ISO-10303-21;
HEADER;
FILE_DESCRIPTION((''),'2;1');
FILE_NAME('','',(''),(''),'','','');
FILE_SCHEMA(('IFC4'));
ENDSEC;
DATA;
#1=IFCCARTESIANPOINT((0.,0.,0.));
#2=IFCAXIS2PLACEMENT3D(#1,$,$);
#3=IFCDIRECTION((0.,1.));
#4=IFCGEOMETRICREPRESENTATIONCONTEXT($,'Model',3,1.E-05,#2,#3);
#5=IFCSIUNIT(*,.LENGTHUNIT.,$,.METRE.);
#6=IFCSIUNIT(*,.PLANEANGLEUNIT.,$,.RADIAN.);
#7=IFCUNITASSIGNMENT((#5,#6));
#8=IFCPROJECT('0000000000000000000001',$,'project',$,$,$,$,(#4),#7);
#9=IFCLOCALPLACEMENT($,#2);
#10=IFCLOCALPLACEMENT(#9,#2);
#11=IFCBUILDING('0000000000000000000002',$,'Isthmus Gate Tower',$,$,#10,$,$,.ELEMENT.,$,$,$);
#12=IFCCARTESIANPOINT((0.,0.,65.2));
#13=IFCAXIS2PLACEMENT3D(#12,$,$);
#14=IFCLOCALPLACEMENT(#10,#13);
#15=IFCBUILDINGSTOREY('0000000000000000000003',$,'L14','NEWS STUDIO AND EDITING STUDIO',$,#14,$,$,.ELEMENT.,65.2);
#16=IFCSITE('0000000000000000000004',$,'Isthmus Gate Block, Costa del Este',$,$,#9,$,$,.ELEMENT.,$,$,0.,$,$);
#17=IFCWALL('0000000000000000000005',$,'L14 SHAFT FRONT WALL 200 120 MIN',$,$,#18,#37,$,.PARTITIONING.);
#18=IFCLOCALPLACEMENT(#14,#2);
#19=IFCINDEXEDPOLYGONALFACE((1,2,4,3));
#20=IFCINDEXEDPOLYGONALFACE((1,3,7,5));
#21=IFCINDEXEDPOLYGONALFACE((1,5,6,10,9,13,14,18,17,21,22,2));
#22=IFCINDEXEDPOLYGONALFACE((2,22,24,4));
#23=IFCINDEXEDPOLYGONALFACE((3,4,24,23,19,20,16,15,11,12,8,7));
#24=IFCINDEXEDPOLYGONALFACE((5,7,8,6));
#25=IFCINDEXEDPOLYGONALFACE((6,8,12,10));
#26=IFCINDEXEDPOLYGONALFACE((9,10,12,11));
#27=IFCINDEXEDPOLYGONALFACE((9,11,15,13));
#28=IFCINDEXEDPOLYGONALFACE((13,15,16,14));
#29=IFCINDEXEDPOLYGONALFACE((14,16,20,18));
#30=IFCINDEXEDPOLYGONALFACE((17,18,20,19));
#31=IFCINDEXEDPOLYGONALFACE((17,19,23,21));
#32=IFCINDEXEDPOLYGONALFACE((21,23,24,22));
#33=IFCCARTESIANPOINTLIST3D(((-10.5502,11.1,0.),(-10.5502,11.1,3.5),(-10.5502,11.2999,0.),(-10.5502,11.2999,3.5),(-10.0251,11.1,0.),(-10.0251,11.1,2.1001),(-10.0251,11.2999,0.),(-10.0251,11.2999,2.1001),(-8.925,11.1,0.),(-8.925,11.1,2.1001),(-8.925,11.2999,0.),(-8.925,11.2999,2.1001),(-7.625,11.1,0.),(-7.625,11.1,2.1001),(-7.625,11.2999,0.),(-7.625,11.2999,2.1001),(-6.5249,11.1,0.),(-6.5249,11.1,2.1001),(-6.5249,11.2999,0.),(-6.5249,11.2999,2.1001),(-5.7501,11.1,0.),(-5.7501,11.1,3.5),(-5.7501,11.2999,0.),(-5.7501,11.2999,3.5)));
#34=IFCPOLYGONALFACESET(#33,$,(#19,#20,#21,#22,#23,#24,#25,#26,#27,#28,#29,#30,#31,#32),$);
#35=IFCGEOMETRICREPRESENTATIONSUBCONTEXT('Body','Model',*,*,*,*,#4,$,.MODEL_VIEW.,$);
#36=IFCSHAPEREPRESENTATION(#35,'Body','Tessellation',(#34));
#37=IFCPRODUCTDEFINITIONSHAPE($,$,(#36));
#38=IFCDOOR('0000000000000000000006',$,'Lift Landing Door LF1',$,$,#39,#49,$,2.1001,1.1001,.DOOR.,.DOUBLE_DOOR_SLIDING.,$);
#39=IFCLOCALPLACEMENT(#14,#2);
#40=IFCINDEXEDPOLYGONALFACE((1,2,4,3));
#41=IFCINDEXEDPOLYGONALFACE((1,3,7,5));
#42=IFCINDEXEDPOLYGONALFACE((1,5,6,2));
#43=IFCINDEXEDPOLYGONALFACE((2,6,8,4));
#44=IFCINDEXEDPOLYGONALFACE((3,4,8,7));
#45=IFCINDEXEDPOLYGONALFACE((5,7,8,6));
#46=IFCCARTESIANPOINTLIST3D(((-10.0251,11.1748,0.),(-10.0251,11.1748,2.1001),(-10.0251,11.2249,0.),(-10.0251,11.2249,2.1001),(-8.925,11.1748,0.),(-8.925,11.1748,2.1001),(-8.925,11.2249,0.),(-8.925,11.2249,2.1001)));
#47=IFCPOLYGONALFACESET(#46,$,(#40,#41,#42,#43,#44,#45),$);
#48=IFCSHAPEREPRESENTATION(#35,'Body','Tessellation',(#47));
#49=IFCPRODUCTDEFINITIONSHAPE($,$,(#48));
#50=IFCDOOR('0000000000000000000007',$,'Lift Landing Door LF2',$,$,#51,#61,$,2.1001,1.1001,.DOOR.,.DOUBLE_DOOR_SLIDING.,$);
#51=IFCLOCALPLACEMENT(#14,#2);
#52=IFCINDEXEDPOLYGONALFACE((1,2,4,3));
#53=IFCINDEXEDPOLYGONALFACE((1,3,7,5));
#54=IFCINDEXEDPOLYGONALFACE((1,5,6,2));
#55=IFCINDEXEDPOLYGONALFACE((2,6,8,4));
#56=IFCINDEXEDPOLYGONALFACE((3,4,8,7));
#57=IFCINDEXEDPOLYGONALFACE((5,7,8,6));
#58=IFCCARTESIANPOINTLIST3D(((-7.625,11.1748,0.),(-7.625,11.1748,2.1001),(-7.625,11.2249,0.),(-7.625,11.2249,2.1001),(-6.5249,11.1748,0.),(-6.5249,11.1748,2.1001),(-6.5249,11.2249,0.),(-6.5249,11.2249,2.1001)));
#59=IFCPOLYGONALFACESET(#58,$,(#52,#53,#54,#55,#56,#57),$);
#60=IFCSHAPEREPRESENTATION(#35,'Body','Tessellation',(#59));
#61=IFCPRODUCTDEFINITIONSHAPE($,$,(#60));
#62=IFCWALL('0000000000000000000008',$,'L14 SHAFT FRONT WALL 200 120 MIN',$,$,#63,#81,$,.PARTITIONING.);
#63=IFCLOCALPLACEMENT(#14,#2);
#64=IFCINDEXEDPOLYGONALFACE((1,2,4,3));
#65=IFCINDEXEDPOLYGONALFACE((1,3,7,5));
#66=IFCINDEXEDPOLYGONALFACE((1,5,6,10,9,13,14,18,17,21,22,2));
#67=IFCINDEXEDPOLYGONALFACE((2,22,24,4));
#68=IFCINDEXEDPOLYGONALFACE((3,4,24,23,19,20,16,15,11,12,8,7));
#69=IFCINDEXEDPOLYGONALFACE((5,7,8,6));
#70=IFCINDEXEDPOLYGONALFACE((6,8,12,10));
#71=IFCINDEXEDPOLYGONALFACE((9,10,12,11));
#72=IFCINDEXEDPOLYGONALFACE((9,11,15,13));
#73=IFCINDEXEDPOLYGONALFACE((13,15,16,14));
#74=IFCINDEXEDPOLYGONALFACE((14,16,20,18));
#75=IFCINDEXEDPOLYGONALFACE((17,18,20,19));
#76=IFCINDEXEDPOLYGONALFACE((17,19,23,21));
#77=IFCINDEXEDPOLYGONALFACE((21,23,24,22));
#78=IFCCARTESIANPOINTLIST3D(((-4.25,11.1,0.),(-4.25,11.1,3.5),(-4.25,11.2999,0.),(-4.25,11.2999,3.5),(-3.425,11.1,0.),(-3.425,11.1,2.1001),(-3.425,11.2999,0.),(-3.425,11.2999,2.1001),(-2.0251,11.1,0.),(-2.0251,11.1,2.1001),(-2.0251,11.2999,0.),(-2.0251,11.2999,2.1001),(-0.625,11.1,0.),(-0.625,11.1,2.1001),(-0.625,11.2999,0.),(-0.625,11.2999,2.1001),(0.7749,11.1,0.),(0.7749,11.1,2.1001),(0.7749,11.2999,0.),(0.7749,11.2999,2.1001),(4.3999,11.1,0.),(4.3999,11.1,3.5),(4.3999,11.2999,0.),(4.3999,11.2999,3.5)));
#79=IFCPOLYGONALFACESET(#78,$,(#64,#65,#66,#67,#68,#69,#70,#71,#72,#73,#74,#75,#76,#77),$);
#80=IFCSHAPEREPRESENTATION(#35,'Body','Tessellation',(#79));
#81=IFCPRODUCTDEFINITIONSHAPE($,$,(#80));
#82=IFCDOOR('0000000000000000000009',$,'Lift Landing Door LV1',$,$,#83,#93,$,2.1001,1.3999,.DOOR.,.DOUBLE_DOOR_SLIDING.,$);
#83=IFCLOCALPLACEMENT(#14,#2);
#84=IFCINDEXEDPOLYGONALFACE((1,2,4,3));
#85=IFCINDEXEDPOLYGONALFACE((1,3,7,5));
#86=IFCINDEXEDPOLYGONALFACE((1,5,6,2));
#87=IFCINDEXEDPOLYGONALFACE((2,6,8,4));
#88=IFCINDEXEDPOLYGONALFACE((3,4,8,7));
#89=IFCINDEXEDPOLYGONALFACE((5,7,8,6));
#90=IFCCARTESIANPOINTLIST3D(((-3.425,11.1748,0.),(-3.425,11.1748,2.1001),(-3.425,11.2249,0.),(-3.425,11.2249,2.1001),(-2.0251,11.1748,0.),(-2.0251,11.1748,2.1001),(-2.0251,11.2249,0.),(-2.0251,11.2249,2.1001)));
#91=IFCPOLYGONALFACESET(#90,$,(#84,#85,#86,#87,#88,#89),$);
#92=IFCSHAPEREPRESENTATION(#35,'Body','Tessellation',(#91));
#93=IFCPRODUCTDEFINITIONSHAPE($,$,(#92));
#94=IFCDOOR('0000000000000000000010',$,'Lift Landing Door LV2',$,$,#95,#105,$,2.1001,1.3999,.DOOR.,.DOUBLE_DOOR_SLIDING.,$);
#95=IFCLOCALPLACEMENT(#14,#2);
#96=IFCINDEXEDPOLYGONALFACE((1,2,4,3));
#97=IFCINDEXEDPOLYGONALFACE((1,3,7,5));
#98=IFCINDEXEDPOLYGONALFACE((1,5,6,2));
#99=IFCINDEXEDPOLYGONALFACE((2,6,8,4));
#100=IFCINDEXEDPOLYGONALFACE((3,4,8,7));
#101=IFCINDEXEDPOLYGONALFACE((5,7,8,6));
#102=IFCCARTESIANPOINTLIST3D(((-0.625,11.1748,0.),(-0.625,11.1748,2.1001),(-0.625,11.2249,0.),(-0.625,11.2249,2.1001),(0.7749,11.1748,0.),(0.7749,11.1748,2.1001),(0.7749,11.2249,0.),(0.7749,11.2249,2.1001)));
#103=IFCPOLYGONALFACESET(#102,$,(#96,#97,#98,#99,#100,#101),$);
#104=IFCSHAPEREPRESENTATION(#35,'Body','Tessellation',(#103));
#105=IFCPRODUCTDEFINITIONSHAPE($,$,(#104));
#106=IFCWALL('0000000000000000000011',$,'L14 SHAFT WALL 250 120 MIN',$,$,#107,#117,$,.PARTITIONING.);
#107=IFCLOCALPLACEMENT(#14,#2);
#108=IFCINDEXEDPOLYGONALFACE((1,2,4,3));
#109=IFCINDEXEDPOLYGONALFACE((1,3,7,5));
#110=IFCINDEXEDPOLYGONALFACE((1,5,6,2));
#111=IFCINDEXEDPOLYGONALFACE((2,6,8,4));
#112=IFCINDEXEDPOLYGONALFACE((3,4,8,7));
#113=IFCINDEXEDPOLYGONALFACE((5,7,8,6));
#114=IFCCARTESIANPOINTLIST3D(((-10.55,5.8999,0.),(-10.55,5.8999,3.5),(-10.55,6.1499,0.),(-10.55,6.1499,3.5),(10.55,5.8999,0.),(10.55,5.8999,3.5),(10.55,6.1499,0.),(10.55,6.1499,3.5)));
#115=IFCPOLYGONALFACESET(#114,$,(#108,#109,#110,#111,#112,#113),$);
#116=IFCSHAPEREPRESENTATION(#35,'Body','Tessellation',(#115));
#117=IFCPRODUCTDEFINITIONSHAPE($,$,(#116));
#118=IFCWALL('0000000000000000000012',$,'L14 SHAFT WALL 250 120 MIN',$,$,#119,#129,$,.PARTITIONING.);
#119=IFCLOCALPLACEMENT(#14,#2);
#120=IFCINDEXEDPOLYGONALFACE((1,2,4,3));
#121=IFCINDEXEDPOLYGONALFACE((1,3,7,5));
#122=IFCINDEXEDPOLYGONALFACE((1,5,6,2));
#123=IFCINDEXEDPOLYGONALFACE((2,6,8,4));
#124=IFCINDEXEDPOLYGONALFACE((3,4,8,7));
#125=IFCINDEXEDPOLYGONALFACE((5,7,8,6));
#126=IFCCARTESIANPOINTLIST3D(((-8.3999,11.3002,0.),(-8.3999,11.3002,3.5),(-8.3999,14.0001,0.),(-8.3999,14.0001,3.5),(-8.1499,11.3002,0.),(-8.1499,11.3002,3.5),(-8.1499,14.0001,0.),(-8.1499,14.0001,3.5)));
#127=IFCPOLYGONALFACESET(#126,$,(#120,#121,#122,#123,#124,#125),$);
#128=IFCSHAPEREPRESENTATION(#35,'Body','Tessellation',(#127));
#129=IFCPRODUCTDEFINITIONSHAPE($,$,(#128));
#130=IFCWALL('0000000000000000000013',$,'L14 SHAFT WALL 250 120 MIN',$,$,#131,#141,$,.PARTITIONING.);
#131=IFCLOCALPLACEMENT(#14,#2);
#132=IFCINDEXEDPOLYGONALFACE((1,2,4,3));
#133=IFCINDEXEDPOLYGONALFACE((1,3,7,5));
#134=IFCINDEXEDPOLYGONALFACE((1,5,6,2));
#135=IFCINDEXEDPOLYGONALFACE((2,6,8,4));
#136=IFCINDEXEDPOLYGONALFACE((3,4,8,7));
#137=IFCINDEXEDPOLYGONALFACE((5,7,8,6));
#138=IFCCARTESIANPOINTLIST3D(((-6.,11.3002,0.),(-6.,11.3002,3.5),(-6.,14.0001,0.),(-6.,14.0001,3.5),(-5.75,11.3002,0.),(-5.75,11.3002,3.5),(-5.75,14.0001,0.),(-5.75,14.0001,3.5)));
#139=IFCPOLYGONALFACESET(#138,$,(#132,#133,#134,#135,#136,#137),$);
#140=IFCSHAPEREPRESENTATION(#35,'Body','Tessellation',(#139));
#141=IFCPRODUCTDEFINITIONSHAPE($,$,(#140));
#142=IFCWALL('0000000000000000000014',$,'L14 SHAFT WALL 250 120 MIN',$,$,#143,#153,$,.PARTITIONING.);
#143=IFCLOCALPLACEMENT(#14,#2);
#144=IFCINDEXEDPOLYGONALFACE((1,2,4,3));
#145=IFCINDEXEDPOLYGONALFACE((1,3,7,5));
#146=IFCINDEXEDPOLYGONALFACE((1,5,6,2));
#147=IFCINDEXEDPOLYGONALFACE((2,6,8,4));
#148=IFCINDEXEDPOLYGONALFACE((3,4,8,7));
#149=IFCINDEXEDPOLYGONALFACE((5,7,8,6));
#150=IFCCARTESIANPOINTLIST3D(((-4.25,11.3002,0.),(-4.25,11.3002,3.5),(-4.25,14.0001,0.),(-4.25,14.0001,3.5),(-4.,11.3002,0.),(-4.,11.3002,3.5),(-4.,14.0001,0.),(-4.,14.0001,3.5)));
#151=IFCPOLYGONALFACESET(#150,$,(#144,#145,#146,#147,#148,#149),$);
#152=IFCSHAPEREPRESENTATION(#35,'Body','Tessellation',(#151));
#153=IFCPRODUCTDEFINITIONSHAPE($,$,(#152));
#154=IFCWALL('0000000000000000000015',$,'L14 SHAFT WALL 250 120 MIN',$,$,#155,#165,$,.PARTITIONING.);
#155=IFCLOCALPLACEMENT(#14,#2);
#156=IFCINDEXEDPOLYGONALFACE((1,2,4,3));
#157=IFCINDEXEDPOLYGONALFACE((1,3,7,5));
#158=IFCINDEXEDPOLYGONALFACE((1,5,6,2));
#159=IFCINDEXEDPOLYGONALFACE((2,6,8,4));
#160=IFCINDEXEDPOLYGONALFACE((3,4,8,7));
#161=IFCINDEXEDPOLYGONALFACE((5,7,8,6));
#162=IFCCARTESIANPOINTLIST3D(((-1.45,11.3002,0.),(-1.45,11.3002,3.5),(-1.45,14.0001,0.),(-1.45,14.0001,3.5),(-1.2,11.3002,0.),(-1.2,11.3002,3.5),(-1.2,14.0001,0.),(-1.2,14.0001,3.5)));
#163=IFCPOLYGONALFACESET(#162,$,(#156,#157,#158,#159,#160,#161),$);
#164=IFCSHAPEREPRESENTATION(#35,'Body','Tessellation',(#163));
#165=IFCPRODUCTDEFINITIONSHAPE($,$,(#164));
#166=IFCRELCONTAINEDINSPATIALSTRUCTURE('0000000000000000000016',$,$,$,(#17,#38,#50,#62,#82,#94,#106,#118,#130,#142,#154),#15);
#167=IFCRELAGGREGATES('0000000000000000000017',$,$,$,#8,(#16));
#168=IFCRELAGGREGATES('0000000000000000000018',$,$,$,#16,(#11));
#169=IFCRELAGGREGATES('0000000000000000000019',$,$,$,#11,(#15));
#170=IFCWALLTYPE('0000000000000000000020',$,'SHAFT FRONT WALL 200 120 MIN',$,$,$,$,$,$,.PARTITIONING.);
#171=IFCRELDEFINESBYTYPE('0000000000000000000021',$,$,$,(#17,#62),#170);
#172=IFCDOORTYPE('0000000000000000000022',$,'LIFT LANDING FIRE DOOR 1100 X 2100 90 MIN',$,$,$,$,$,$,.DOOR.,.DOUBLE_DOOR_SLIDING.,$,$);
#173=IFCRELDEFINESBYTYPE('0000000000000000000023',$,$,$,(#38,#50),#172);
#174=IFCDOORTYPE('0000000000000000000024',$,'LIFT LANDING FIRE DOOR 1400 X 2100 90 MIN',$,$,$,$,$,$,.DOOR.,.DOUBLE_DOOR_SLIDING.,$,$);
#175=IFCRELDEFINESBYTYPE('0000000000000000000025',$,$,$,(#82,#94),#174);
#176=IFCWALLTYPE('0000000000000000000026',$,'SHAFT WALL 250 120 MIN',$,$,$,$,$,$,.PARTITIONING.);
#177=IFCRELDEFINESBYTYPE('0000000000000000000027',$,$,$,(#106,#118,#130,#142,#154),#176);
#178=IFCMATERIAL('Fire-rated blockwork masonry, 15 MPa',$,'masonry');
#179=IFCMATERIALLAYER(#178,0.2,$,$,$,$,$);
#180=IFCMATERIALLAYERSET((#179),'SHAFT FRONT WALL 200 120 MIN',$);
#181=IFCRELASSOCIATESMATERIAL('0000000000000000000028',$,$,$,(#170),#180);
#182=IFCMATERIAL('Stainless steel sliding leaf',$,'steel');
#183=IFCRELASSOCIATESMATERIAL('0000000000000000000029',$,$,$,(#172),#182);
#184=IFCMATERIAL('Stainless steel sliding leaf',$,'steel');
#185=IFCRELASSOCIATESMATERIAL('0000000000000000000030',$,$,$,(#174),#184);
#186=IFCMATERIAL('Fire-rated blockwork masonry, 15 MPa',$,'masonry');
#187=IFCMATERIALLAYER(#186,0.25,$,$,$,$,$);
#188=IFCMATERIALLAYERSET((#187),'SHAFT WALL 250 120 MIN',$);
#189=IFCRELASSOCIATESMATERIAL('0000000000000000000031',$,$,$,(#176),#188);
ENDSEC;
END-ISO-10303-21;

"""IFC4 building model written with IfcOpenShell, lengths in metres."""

from ifc_helpers import new_model, si_unit, direction, frame, frame_2d, origin, place, context, subcontext, project, spatial, rectangle, extrude, material, layer, layer_set, type_object, element, fill, save


model = new_model("IFC4")

# Units and contexts
model_context = context("Model", 3, precision=1e-05, world=origin(), true_north=direction((0.0, 1.0)))
body_context = subcontext(model_context, "Body", "Model", "MODEL_VIEW")
ifc_project = project(units=[si_unit("LENGTHUNIT", "METRE"), si_unit("PLANEANGLEUNIT", "RADIAN")], contexts=[model_context])

# Site, building, storey
site_placement = place(None, origin())
site = spatial("IfcSite", under=ifc_project, at=site_placement, Name="Isthmus Gate Block, Costa del Este", CompositionType="ELEMENT", RefElevation=0.0)
building_placement = place(site_placement, origin())
building = spatial("IfcBuilding", under=site, at=building_placement, Name="Isthmus Gate Tower", CompositionType="ELEMENT")
storey_placement = place(building_placement, frame((0.0, 0.0, 65.2)))
storey = spatial("IfcBuildingStorey", under=building, at=storey_placement, Name="L14", Description="NEWS STUDIO AND EDITING STUDIO", CompositionType="ELEMENT", Elevation=65.2)

# Walls, openings, doors
ifc_material_1 = material(Name="Fire-rated blockwork masonry, 15 MPa", Category="masonry")
ifc_layer_1 = layer(ifc_material_1, 0.2)
ifc_layer_set_1 = layer_set([ifc_layer_1], Name="SHAFT FRONT WALL 200 120 MIN")
wall_type_1 = type_object("IfcWallType", Name="SHAFT FRONT WALL 200 120 MIN", PredefinedType="PARTITIONING", material=ifc_layer_set_1)
wall_1_placement = place(storey_placement, frame((-10.55, 11.2, 0.0), z_axis=(0.0, 0.0, 1.0), x_axis=(1.0, 0.0, 0.0)))
wall_1 = element("IfcWall", 1, at=wall_1_placement, inside=storey, type_object=wall_type_1, Name="L14 SHAFT FRONT WALL 200 120 MIN", PredefinedType="PARTITIONING", context=body_context, shape_type="SweptSolid", body=[
    extrude(rectangle(XDim=4.8, YDim=0.2, at=frame_2d((2.3999, 0.0))), origin(), (0.0, 0.0, 1.0), 3.5),
])
opening_1_placement = place(wall_1_placement, frame((0.5249, 0.0, 0.0)))
opening_1 = element("IfcOpeningElement", 2, at=opening_1_placement, cuts=wall_1, PredefinedType="OPENING", context=body_context, shape_type="SweptSolid", body=[
    extrude(rectangle(XDim=1.1001, YDim=2.1001, at=frame_2d((0.55, 1.05))), frame((0.0, 0.1099, 0.0), z_axis=(0.0, -1.0, 0.0), x_axis=(1.0, 0.0, 0.0)), (0.0, 0.0, 1.0), 0.22),
])
opening_2_placement = place(wall_1_placement, frame((2.925, 0.0, 0.0)))
opening_2 = element("IfcOpeningElement", 3, at=opening_2_placement, cuts=wall_1, PredefinedType="OPENING", context=body_context, shape_type="SweptSolid", body=[
    extrude(rectangle(XDim=1.1001, YDim=2.1001, at=frame_2d((0.55, 1.05))), frame((0.0, 0.1099, 0.0), z_axis=(0.0, -1.0, 0.0), x_axis=(1.0, 0.0, 0.0)), (0.0, 0.0, 1.0), 0.22),
])
ifc_material_2 = material(Name="Stainless steel sliding leaf", Category="steel")
door_type_1 = type_object("IfcDoorType", Name="LIFT LANDING FIRE DOOR 1100 X 2100 90 MIN", OperationType="DOUBLE_DOOR_SLIDING", PredefinedType="DOOR", material=ifc_material_2)
door_1_placement = place(opening_1_placement, origin())
door_1 = element("IfcDoor", 4, at=door_1_placement, inside=storey, type_object=door_type_1, Name="Lift Landing Door LF1", OperationType="DOUBLE_DOOR_SLIDING", OverallHeight=2.1001, OverallWidth=1.1001, PredefinedType="DOOR", context=body_context, shape_type="SweptSolid", body=[
    extrude(rectangle(XDim=1.1001, YDim=2.1001, at=frame_2d((0.55, 1.05))), frame((0.0, 0.0249, 0.0), z_axis=(0.0, -1.0, 0.0), x_axis=(1.0, 0.0, 0.0)), (0.0, 0.0, 1.0), 0.05),
])
fill(opening_1, door_1)
door_2_placement = place(opening_2_placement, origin())
door_2 = element("IfcDoor", 5, at=door_2_placement, inside=storey, type_object=door_type_1, Name="Lift Landing Door LF2", OperationType="DOUBLE_DOOR_SLIDING", OverallHeight=2.1001, OverallWidth=1.1001, PredefinedType="DOOR", context=body_context, shape_type="SweptSolid", body=[
    extrude(rectangle(XDim=1.1001, YDim=2.1001, at=frame_2d((0.55, 1.05))), frame((0.0, 0.0249, 0.0), z_axis=(0.0, -1.0, 0.0), x_axis=(1.0, 0.0, 0.0)), (0.0, 0.0, 1.0), 0.05),
])
fill(opening_2, door_2)
wall_2_placement = place(storey_placement, frame((-4.25, 11.2, 0.0), z_axis=(0.0, 0.0, 1.0), x_axis=(1.0, 0.0, 0.0)))
wall_2 = element("IfcWall", 6, at=wall_2_placement, inside=storey, type_object=wall_type_1, Name="L14 SHAFT FRONT WALL 200 120 MIN", PredefinedType="PARTITIONING", context=body_context, shape_type="SweptSolid", body=[
    extrude(rectangle(XDim=8.6499, YDim=0.2, at=frame_2d((4.325, 0.0))), origin(), (0.0, 0.0, 1.0), 3.5),
])
opening_3_placement = place(wall_2_placement, frame((0.825, 0.0, 0.0)))
opening_3 = element("IfcOpeningElement", 7, at=opening_3_placement, cuts=wall_2, PredefinedType="OPENING", context=body_context, shape_type="SweptSolid", body=[
    extrude(rectangle(XDim=1.3999, YDim=2.1001, at=frame_2d((0.7, 1.05))), frame((0.0, 0.1099, 0.0), z_axis=(0.0, -1.0, 0.0), x_axis=(1.0, 0.0, 0.0)), (0.0, 0.0, 1.0), 0.22),
])
opening_4_placement = place(wall_2_placement, frame((3.625, 0.0, 0.0)))
opening_4 = element("IfcOpeningElement", 8, at=opening_4_placement, cuts=wall_2, PredefinedType="OPENING", context=body_context, shape_type="SweptSolid", body=[
    extrude(rectangle(XDim=1.3999, YDim=2.1001, at=frame_2d((0.7, 1.05))), frame((0.0, 0.1099, 0.0), z_axis=(0.0, -1.0, 0.0), x_axis=(1.0, 0.0, 0.0)), (0.0, 0.0, 1.0), 0.22),
])
ifc_material_3 = material(Name="Stainless steel sliding leaf", Category="steel")
door_type_2 = type_object("IfcDoorType", Name="LIFT LANDING FIRE DOOR 1400 X 2100 90 MIN", OperationType="DOUBLE_DOOR_SLIDING", PredefinedType="DOOR", material=ifc_material_3)
door_3_placement = place(opening_3_placement, origin())
door_3 = element("IfcDoor", 9, at=door_3_placement, inside=storey, type_object=door_type_2, Name="Lift Landing Door LV1", OperationType="DOUBLE_DOOR_SLIDING", OverallHeight=2.1001, OverallWidth=1.3999, PredefinedType="DOOR", context=body_context, shape_type="SweptSolid", body=[
    extrude(rectangle(XDim=1.3999, YDim=2.1001, at=frame_2d((0.7, 1.05))), frame((0.0, 0.0249, 0.0), z_axis=(0.0, -1.0, 0.0), x_axis=(1.0, 0.0, 0.0)), (0.0, 0.0, 1.0), 0.05),
])
fill(opening_3, door_3)
door_4_placement = place(opening_4_placement, origin())
door_4 = element("IfcDoor", 10, at=door_4_placement, inside=storey, type_object=door_type_2, Name="Lift Landing Door LV2", OperationType="DOUBLE_DOOR_SLIDING", OverallHeight=2.1001, OverallWidth=1.3999, PredefinedType="DOOR", context=body_context, shape_type="SweptSolid", body=[
    extrude(rectangle(XDim=1.3999, YDim=2.1001, at=frame_2d((0.7, 1.05))), frame((0.0, 0.0249, 0.0), z_axis=(0.0, -1.0, 0.0), x_axis=(1.0, 0.0, 0.0)), (0.0, 0.0, 1.0), 0.05),
])
fill(opening_4, door_4)

# Walls
ifc_material_4 = material(Name="Fire-rated blockwork masonry, 15 MPa", Category="masonry")
ifc_layer_2 = layer(ifc_material_4, 0.25)
ifc_layer_set_2 = layer_set([ifc_layer_2], Name="SHAFT WALL 250 120 MIN")
wall_type_2 = type_object("IfcWallType", Name="SHAFT WALL 250 120 MIN", PredefinedType="PARTITIONING", material=ifc_layer_set_2)
wall_3_placement = place(storey_placement, frame((-10.55, 6.0249, 0.0), z_axis=(0.0, 0.0, 1.0), x_axis=(1.0, 0.0, 0.0)))
element("IfcWall", 11, at=wall_3_placement, inside=storey, type_object=wall_type_2, Name="L14 SHAFT WALL 250 120 MIN", PredefinedType="PARTITIONING", context=body_context, shape_type="SweptSolid", body=[
    extrude(rectangle(XDim=21.1001, YDim=0.25, at=frame_2d((10.55, 0.0))), origin(), (0.0, 0.0, 1.0), 3.5),
])
for number, where, z_axis, x_axis, name in (
    (12, (-8.2749, 11.3, 0.0), (0.0, 0.0, 1.0), (0.0, 1.0, 0.0), "L14 SHAFT WALL 250 120 MIN"),
    (13, (-5.875, 11.3, 0.0), (0.0, 0.0, 1.0), (0.0, 1.0, 0.0), "L14 SHAFT WALL 250 120 MIN"),
    (14, (-4.125, 11.3, 0.0), (0.0, 0.0, 1.0), (0.0, 1.0, 0.0), "L14 SHAFT WALL 250 120 MIN"),
    (15, (-1.325, 11.3, 0.0), (0.0, 0.0, 1.0), (0.0, 1.0, 0.0), "L14 SHAFT WALL 250 120 MIN"),
):
    element("IfcWall", number, at=place(storey_placement, frame(where, z_axis=z_axis, x_axis=x_axis)), inside=storey, type_object=wall_type_2, Name=name, PredefinedType="PARTITIONING", context=body_context, shape_type="SweptSolid", body=[
        extrude(rectangle(XDim=2.7, YDim=0.25, at=frame_2d((1.3501, 0.0))), origin(), (0.0, 0.0, 1.0), 3.5),
    ])

save(model, "model.ifc")
